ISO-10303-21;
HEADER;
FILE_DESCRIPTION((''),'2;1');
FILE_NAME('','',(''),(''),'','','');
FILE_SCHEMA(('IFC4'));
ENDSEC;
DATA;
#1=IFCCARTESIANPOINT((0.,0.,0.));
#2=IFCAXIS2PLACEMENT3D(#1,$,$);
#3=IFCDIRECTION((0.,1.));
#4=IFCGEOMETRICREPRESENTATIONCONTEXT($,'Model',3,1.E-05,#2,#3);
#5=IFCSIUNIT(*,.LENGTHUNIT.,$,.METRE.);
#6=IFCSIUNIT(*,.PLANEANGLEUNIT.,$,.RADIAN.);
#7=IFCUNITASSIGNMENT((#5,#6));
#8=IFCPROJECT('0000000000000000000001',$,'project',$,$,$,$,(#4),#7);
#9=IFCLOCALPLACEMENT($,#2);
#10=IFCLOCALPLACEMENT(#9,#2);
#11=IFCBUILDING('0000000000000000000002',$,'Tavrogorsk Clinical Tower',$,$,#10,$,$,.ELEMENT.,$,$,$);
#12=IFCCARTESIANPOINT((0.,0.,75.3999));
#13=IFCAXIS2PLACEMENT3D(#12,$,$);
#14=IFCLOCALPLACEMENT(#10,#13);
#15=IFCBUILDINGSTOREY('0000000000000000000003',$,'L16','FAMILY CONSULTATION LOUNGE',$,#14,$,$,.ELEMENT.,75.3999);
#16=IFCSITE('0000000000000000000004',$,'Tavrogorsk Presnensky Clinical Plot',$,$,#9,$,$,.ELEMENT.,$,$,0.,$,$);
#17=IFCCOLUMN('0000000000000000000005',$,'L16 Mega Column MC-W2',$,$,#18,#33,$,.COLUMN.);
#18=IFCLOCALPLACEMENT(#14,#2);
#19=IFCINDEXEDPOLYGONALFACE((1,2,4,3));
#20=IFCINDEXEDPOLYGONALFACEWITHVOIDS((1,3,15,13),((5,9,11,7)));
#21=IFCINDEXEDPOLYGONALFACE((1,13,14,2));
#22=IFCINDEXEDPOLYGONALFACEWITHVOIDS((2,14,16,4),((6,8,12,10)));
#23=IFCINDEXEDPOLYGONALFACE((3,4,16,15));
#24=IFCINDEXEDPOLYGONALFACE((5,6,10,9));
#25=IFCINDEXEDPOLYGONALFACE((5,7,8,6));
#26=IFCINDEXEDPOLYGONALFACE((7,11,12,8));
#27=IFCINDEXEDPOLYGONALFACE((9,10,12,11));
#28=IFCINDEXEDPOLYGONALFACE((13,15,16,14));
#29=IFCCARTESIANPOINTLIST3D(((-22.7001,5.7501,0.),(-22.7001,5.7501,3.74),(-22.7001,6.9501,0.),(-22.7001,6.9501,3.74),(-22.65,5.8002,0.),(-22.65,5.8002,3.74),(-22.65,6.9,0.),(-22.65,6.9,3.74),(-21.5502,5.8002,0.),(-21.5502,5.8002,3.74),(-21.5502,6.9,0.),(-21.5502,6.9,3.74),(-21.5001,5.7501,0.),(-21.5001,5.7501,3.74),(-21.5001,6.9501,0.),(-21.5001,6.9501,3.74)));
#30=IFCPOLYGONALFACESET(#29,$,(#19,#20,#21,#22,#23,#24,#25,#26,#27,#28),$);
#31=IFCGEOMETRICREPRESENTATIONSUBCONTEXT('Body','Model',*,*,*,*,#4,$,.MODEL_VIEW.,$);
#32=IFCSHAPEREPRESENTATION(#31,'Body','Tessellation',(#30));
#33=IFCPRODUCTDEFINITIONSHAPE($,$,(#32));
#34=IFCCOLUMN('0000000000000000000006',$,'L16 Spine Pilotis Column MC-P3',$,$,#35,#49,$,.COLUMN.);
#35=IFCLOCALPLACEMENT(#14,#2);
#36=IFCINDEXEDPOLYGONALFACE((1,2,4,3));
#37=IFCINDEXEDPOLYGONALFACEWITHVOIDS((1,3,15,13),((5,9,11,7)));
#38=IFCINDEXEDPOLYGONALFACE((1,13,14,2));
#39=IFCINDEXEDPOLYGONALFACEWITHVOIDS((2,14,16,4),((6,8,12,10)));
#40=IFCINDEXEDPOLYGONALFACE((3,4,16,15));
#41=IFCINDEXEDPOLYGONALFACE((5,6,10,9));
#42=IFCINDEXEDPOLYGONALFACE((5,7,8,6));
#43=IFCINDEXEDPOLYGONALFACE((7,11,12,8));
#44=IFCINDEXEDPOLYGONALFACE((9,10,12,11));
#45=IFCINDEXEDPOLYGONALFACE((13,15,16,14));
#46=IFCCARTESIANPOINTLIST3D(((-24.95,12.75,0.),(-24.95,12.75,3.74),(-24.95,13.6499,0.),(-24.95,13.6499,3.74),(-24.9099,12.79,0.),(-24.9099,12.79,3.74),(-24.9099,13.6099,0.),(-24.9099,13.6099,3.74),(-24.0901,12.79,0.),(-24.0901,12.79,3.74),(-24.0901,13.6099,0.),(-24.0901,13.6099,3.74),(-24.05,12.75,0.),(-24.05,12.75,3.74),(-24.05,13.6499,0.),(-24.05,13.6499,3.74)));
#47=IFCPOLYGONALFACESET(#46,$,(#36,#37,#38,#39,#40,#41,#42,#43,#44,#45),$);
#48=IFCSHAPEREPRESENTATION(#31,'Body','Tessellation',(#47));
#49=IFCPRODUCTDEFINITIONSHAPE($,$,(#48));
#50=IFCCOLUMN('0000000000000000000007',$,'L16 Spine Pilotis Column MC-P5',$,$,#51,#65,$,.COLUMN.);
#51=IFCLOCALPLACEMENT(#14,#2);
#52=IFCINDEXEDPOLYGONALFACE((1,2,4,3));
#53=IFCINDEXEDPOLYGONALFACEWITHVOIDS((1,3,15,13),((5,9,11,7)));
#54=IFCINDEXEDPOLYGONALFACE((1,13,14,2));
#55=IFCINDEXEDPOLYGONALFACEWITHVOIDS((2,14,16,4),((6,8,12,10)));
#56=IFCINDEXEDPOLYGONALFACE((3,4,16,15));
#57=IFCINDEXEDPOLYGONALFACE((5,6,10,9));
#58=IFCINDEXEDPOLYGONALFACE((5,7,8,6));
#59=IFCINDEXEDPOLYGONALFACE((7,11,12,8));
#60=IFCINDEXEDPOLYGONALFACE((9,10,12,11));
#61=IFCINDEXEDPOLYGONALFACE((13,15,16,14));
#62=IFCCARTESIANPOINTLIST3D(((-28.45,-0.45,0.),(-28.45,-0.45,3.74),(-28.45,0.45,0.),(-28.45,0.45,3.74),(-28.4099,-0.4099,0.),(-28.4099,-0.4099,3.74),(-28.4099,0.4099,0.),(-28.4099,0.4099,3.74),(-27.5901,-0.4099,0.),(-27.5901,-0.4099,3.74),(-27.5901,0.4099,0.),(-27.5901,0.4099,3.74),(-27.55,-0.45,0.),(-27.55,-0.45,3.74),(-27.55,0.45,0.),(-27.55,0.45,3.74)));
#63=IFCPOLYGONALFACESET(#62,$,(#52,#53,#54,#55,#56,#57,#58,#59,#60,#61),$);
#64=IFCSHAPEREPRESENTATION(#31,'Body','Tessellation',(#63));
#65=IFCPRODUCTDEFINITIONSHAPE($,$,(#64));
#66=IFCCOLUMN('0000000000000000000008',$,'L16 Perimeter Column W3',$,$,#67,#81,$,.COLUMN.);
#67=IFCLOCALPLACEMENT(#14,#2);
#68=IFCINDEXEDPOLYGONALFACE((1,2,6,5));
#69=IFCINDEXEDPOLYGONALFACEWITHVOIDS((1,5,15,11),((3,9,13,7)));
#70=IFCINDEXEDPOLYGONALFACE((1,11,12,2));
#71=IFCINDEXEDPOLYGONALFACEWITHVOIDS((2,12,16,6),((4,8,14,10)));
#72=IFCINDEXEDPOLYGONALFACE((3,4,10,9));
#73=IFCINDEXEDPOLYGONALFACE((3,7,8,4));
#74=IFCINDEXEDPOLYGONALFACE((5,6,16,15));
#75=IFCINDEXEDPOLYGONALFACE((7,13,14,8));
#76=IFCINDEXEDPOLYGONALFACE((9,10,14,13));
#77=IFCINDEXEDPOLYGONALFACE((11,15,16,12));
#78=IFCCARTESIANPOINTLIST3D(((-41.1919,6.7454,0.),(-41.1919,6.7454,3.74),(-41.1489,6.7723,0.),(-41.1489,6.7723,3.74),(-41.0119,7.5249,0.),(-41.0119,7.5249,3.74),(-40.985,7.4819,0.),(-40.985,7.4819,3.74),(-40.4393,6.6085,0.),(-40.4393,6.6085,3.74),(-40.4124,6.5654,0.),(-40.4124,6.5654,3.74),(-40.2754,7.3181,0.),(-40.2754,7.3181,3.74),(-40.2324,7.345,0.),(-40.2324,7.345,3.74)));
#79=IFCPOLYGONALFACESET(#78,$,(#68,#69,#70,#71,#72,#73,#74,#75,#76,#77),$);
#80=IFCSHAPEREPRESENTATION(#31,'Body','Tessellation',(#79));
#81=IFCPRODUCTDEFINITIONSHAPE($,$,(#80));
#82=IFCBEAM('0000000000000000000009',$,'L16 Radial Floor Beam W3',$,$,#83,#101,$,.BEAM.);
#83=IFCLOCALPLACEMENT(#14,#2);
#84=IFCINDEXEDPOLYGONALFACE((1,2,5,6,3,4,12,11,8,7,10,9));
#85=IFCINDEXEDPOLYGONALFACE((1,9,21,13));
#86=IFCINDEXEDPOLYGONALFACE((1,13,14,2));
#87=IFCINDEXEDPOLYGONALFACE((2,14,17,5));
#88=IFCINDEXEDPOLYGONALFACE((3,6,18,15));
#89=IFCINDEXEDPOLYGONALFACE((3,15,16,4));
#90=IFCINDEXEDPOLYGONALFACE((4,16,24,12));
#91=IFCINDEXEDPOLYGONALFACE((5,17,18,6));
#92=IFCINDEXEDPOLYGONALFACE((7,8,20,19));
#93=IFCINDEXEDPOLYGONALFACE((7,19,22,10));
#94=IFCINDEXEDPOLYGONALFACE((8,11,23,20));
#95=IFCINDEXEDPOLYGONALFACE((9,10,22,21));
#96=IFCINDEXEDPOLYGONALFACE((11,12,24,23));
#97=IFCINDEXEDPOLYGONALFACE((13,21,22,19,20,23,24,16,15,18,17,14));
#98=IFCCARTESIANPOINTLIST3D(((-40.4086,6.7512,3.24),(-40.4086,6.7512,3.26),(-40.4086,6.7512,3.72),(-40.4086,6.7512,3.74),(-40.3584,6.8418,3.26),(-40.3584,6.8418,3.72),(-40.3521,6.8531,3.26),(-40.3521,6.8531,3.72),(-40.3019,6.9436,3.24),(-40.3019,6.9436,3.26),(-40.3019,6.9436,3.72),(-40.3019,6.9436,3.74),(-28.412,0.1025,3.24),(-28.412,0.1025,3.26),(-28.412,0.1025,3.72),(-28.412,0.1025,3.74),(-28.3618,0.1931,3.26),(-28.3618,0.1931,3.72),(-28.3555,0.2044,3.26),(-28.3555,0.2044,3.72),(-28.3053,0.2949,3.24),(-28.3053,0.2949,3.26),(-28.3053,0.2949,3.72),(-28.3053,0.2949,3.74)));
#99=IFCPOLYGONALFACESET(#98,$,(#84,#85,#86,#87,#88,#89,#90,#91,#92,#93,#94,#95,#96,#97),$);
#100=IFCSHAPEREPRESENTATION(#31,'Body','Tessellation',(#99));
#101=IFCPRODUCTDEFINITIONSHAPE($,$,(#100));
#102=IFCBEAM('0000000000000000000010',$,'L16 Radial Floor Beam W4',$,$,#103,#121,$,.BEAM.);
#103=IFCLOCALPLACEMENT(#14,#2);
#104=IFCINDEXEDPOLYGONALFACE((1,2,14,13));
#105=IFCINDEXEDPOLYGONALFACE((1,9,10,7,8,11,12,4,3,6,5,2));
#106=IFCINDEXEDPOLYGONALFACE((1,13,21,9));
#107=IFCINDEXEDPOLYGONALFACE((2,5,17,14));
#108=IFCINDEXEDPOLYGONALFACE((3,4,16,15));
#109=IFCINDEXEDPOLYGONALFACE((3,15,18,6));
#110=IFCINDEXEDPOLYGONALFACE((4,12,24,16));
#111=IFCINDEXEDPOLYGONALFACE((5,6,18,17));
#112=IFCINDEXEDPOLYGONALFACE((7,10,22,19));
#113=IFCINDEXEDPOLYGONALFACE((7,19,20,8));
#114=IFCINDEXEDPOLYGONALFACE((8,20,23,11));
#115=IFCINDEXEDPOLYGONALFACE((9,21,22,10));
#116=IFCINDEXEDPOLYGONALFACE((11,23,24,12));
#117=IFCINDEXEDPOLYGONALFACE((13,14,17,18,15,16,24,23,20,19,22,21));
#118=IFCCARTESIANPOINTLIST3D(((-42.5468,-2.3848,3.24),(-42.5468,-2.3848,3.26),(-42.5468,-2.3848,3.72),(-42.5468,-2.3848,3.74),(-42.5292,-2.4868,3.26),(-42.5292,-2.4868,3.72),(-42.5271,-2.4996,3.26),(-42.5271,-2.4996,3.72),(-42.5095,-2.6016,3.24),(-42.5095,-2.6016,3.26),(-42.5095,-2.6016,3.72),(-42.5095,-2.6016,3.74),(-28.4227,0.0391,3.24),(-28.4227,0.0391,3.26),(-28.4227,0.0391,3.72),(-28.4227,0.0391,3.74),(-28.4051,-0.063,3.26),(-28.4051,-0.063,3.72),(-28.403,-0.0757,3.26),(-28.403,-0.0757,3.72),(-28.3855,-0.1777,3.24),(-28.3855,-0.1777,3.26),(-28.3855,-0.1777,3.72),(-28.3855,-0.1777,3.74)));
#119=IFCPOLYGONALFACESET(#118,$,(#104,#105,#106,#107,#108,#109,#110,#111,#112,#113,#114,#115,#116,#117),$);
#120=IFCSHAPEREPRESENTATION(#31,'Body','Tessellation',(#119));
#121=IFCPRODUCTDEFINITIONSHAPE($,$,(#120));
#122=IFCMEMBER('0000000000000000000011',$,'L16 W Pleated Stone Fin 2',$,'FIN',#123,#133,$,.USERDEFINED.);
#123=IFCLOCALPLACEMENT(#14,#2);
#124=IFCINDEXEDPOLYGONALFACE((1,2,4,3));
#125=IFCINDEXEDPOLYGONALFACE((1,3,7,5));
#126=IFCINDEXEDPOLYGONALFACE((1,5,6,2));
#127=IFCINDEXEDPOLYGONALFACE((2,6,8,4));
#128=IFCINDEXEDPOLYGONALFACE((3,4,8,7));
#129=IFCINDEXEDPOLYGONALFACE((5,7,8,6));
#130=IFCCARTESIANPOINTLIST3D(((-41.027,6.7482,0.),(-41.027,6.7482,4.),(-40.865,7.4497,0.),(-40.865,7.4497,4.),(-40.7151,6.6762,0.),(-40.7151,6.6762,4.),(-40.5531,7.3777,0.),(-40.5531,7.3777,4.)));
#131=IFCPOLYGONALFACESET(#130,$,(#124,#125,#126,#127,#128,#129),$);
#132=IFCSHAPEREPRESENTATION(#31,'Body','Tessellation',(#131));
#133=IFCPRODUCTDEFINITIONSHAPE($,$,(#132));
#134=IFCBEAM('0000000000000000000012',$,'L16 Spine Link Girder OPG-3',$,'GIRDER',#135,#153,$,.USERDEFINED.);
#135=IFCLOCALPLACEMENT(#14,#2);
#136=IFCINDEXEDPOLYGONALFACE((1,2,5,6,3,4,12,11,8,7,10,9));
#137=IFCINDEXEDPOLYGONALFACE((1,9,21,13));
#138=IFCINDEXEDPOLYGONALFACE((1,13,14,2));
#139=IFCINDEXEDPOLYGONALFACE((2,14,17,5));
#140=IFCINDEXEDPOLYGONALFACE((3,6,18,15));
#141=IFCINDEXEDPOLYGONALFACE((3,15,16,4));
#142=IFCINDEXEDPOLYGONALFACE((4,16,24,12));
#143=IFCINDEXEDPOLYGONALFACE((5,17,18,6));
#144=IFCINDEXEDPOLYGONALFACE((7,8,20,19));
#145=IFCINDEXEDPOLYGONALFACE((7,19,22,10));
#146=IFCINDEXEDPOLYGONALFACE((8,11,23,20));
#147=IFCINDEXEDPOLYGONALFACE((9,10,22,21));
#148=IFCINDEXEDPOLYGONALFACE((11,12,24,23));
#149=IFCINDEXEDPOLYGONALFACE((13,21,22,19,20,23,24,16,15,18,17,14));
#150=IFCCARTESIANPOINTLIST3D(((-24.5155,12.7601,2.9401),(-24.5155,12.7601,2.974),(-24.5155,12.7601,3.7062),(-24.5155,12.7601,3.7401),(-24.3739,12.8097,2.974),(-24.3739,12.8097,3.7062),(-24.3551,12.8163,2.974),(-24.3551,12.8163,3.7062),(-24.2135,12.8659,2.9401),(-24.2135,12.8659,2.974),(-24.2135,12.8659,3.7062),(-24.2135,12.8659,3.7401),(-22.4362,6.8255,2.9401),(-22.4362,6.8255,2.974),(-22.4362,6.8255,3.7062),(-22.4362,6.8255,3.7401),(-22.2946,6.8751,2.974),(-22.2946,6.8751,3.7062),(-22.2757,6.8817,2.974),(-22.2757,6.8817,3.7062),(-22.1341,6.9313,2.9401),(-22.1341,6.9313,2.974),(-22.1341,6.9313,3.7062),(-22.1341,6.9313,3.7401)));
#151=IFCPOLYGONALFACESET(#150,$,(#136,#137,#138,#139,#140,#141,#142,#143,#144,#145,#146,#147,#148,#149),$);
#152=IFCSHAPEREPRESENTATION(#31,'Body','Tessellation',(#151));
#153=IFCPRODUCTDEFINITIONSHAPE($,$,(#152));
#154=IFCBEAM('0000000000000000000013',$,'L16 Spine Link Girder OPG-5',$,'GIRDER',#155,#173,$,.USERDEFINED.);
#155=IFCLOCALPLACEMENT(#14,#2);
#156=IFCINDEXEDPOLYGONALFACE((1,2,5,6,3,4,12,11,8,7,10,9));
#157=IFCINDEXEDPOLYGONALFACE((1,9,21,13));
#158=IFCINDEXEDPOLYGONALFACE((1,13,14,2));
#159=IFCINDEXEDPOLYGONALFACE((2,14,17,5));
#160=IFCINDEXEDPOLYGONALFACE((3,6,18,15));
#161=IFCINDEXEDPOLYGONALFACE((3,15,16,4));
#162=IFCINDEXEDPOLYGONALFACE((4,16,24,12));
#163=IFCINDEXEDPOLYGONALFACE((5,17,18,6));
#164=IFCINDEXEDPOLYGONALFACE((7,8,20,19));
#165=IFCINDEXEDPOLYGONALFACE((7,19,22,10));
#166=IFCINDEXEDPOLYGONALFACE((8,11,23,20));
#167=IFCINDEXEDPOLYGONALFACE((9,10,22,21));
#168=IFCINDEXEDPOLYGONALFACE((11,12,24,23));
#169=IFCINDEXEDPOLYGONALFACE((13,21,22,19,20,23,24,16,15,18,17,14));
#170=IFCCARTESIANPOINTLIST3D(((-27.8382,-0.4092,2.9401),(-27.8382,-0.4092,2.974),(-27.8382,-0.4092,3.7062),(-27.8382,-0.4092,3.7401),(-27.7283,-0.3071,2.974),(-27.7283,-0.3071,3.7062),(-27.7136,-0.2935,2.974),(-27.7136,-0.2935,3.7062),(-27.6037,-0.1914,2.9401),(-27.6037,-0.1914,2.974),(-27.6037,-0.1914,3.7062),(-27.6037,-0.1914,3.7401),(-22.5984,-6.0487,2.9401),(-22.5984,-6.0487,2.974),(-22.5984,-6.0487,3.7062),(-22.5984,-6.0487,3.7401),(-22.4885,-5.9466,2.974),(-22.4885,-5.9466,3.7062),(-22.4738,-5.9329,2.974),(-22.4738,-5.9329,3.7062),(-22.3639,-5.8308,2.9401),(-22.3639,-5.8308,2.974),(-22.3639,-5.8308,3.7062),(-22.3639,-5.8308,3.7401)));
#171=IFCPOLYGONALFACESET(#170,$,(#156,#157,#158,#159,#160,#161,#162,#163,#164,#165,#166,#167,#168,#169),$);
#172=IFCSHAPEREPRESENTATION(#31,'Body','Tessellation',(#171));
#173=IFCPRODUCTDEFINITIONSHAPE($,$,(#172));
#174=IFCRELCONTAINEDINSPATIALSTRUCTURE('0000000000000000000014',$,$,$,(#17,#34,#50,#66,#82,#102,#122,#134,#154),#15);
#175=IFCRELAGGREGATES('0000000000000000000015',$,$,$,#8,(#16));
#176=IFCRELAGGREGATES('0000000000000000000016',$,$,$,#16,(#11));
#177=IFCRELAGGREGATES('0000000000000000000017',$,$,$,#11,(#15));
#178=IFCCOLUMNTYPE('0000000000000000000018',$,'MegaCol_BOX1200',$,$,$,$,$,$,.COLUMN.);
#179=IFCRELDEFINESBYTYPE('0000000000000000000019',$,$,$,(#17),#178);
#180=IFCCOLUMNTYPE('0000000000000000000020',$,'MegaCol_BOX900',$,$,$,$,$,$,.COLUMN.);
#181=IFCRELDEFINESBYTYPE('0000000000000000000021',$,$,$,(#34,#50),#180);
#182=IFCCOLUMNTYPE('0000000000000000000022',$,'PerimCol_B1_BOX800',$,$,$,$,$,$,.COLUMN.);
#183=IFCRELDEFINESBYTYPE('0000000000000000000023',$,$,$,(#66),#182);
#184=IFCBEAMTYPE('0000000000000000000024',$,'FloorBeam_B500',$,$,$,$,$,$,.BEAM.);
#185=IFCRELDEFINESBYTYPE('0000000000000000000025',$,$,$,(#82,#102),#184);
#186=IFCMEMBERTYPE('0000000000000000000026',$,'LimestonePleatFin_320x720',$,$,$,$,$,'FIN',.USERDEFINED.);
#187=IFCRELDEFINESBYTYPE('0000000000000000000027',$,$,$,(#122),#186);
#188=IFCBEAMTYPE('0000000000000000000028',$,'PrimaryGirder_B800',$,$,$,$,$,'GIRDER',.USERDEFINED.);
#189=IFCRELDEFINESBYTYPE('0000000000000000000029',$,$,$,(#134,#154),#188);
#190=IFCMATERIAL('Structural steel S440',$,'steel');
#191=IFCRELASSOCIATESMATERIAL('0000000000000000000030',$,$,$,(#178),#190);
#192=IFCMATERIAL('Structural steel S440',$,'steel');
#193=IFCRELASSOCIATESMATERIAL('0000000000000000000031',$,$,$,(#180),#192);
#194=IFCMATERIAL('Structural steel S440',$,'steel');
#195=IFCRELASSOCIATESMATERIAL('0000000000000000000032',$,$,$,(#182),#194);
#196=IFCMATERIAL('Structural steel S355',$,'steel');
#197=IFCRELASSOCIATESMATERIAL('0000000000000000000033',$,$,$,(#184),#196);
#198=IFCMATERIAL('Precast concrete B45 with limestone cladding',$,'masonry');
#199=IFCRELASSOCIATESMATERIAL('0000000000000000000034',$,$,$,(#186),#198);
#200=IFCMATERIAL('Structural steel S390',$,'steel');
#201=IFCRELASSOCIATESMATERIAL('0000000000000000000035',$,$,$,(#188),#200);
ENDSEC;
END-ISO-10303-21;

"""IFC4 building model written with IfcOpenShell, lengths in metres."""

from ifc_helpers import new_model, si_unit, direction, frame, origin, origin_2d, place, context, subcontext, project, spatial, rectangle, hollow_rectangle, i_section, extrude, material, material_profile, profile_set, type_object, element, save


model = new_model("IFC4")

# Units and contexts
model_context = context("Model", 3, precision=1e-05, world=origin(), true_north=direction((0.0, 1.0)))
body_context = subcontext(model_context, "Body", "Model", "MODEL_VIEW")
ifc_project = project(units=[si_unit("LENGTHUNIT", "METRE"), si_unit("PLANEANGLEUNIT", "RADIAN")], contexts=[model_context])

# Site, building, storey
site_placement = place(None, origin())
site = spatial("IfcSite", under=ifc_project, at=site_placement, Name="Tavrogorsk Presnensky Clinical Plot", CompositionType="ELEMENT", RefElevation=0.0)
building_placement = place(site_placement, origin())
building = spatial("IfcBuilding", under=site, at=building_placement, Name="Tavrogorsk Clinical Tower", CompositionType="ELEMENT")
storey_placement = place(building_placement, frame((0.0, 0.0, 75.3999)))
storey = spatial("IfcBuildingStorey", under=building, at=storey_placement, Name="L16", Description="FAMILY CONSULTATION LOUNGE", CompositionType="ELEMENT", Elevation=75.3999)

# Columns
ifc_material_1 = material(Name="Structural steel S440", Category="steel")
ifc_material_profile_1 = material_profile(ifc_material_1, hollow_rectangle(XDim=1.2, YDim=1.2, WallThickness=0.05, at=origin_2d()), Name="BOX-1200x1200x50")
ifc_profile_set_1 = profile_set([ifc_material_profile_1], Name="Structural steel S440")
column_type_1 = type_object("IfcColumnType", Name="MegaCol_BOX1200", PredefinedType="COLUMN", material=ifc_profile_set_1)
column_1_placement = place(storey_placement, frame((-22.1001, 6.3501, 0.0), z_axis=(0.0, 0.0, 1.0), x_axis=(1.0, 0.0, 0.0)))
element("IfcColumn", 1, at=column_1_placement, inside=storey, type_object=column_type_1, Name="L16 Mega Column MC-W2", PredefinedType="COLUMN", context=body_context, shape_type="SweptSolid", body=[
    extrude(hollow_rectangle(XDim=1.2, YDim=1.2, WallThickness=0.05, at=origin_2d()), origin(), (0.0, 0.0, 1.0), 3.74),
])
ifc_material_2 = material(Name="Structural steel S440", Category="steel")
ifc_material_profile_2 = material_profile(ifc_material_2, hollow_rectangle(XDim=0.8999, YDim=0.8999, WallThickness=0.04, at=origin_2d()), Name="BOX-900x900x40")
ifc_profile_set_2 = profile_set([ifc_material_profile_2], Name="Structural steel S440")
column_type_2 = type_object("IfcColumnType", Name="MegaCol_BOX900", PredefinedType="COLUMN", material=ifc_profile_set_2)
for number, where, z_axis, x_axis, name in (
    (2, (-24.5, 13.2, 0.0), (0.0, 0.0, 1.0), (1.0, 0.0, 0.0), "L16 Spine Pilotis Column MC-P3"),
    (3, (-28.0, 0.0, 0.0), (0.0, 0.0, 1.0), (1.0, 0.0, 0.0), "L16 Spine Pilotis Column MC-P5"),
):
    element("IfcColumn", number, at=place(storey_placement, frame(where, z_axis=z_axis, x_axis=x_axis)), inside=storey, type_object=column_type_2, Name=name, PredefinedType="COLUMN", context=body_context, shape_type="SweptSolid", body=[
        extrude(hollow_rectangle(XDim=0.8999, YDim=0.8999, WallThickness=0.04, at=origin_2d()), origin(), (0.0, 0.0, 1.0), 3.74),
    ])
ifc_material_3 = material(Name="Structural steel S440", Category="steel")
ifc_material_profile_3 = material_profile(ifc_material_3, hollow_rectangle(XDim=0.8, YDim=0.8, WallThickness=0.0359, at=origin_2d()), Name="BOX-800x800x36")
ifc_profile_set_3 = profile_set([ifc_material_profile_3], Name="Structural steel S440")
column_type_3 = type_object("IfcColumnType", Name="PerimCol_B1_BOX800", PredefinedType="COLUMN", material=ifc_profile_set_3)
column_2_placement = place(storey_placement, frame((-40.7122, 7.0452, 0.0), z_axis=(0.0, 0.0, 1.0), x_axis=(0.97437, -0.224951, 0.0)))
element("IfcColumn", 4, at=column_2_placement, inside=storey, type_object=column_type_3, Name="L16 Perimeter Column W3", PredefinedType="COLUMN", context=body_context, shape_type="SweptSolid", body=[
    extrude(hollow_rectangle(XDim=0.8, YDim=0.8, WallThickness=0.0359, at=origin_2d()), origin(), (0.0, 0.0, 1.0), 3.74),
])

# Beams
ifc_material_4 = material(Name="Structural steel S355", Category="steel")
ifc_material_profile_4 = material_profile(ifc_material_4, i_section(OverallWidth=0.22, OverallDepth=0.5, WebThickness=0.0129, FlangeThickness=0.02, at=origin_2d()), Name="B-500x220x13x20")
ifc_profile_set_4 = profile_set([ifc_material_profile_4], Name="Structural steel S355")
beam_type_1 = type_object("IfcBeamType", Name="FloorBeam_B500", PredefinedType="BEAM", material=ifc_profile_set_4)
beam_1_placement = place(storey_placement, frame((-28.3586, 0.1987, 3.49), z_axis=(-0.874655, 0.484746, 0.0), x_axis=(-0.484746, -0.874655, 0.0)))
element("IfcBeam", 5, at=beam_1_placement, inside=storey, type_object=beam_type_1, Name="L16 Radial Floor Beam W3", PredefinedType="BEAM", context=body_context, shape_type="SweptSolid", body=[
    extrude(i_section(OverallWidth=0.22, OverallDepth=0.5, WebThickness=0.0129, FlangeThickness=0.02, at=origin_2d()), origin(), (0.0, 0.0, 1.0), 13.7158),
])
beam_2_placement = place(storey_placement, frame((-28.4041, -0.0693, 3.49), z_axis=(-0.985592, -0.169138, 0.0), x_axis=(0.169138, -0.985592, 0.0)))
element("IfcBeam", 6, at=beam_2_placement, inside=storey, type_object=beam_type_1, Name="L16 Radial Floor Beam W4", PredefinedType="BEAM", context=body_context, shape_type="SweptSolid", body=[
    extrude(i_section(OverallWidth=0.22, OverallDepth=0.5, WebThickness=0.0129, FlangeThickness=0.02, at=origin_2d()), origin(), (0.0, 0.0, 1.0), 14.3306),
])

# Member
ifc_material_5 = material(Name="Precast concrete B45 with limestone cladding", Category="masonry")
ifc_material_profile_5 = material_profile(ifc_material_5, rectangle(XDim=0.3201, YDim=0.72, at=origin_2d()), Name="LIMESTONE-FIN-320x720")
ifc_profile_set_5 = profile_set([ifc_material_profile_5], Name="Precast concrete B45 with limestone cladding")
member_type = type_object("IfcMemberType", Name="LimestonePleatFin_320x720", ElementType="FIN", PredefinedType="USERDEFINED", material=ifc_profile_set_5)
member_placement = place(storey_placement, frame((-40.79, 7.063, 0.0), z_axis=(0.0, 0.0, 1.0), x_axis=(0.97437, -0.224951, 0.0)))
element("IfcMember", 7, at=member_placement, inside=storey, type_object=member_type, Name="L16 W Pleated Stone Fin 2", ObjectType="FIN", PredefinedType="USERDEFINED", context=body_context, shape_type="SweptSolid", body=[
    extrude(rectangle(XDim=0.3201, YDim=0.72, at=origin_2d()), origin(), (0.0, 0.0, 1.0), 4.0),
])

# Beams
ifc_material_6 = material(Name="Structural steel S390", Category="steel")
ifc_material_profile_6 = material_profile(ifc_material_6, i_section(OverallWidth=0.3201, OverallDepth=0.8, WebThickness=0.02, FlangeThickness=0.0339, at=origin_2d()), Name="B-800x320x20x34")
ifc_profile_set_6 = profile_set([ifc_material_profile_6], Name="Structural steel S390")
beam_type_2 = type_object("IfcBeamType", Name="PrimaryGirder_B800", ElementType="GIRDER", PredefinedType="USERDEFINED", material=ifc_profile_set_6)
beam_3_placement = place(storey_placement, frame((-24.3645, 12.813, 3.3401), z_axis=(0.330669, -0.943747, 0.0), x_axis=(0.943747, 0.330669, 0.0)))
element("IfcBeam", 8, at=beam_3_placement, inside=storey, type_object=beam_type_2, Name="L16 Spine Link Girder OPG-3", ObjectType="GIRDER", PredefinedType="USERDEFINED", context=body_context, shape_type="SweptSolid", body=[
    extrude(i_section(OverallWidth=0.3201, OverallDepth=0.8, WebThickness=0.02, FlangeThickness=0.0339, at=origin_2d()), origin(), (0.0, 0.0, 1.0), 6.2883),
])
for number, where, z_axis, x_axis, name in (
    (9, (-27.7209, -0.3003, 3.3401), (0.680671, -0.732589, 0.0), (0.732589, 0.680671, 0.0), "L16 Spine Link Girder OPG-5"),
):
    element("IfcBeam", number, at=place(storey_placement, frame(where, z_axis=z_axis, x_axis=x_axis)), inside=storey, type_object=beam_type_2, Name=name, ObjectType="GIRDER", PredefinedType="USERDEFINED", context=body_context, shape_type="SweptSolid", body=[
        extrude(i_section(OverallWidth=0.3201, OverallDepth=0.8, WebThickness=0.02, FlangeThickness=0.0339, at=origin_2d()), origin(), (0.0, 0.0, 1.0), 7.698),
    ])

save(model, "model.ifc")
